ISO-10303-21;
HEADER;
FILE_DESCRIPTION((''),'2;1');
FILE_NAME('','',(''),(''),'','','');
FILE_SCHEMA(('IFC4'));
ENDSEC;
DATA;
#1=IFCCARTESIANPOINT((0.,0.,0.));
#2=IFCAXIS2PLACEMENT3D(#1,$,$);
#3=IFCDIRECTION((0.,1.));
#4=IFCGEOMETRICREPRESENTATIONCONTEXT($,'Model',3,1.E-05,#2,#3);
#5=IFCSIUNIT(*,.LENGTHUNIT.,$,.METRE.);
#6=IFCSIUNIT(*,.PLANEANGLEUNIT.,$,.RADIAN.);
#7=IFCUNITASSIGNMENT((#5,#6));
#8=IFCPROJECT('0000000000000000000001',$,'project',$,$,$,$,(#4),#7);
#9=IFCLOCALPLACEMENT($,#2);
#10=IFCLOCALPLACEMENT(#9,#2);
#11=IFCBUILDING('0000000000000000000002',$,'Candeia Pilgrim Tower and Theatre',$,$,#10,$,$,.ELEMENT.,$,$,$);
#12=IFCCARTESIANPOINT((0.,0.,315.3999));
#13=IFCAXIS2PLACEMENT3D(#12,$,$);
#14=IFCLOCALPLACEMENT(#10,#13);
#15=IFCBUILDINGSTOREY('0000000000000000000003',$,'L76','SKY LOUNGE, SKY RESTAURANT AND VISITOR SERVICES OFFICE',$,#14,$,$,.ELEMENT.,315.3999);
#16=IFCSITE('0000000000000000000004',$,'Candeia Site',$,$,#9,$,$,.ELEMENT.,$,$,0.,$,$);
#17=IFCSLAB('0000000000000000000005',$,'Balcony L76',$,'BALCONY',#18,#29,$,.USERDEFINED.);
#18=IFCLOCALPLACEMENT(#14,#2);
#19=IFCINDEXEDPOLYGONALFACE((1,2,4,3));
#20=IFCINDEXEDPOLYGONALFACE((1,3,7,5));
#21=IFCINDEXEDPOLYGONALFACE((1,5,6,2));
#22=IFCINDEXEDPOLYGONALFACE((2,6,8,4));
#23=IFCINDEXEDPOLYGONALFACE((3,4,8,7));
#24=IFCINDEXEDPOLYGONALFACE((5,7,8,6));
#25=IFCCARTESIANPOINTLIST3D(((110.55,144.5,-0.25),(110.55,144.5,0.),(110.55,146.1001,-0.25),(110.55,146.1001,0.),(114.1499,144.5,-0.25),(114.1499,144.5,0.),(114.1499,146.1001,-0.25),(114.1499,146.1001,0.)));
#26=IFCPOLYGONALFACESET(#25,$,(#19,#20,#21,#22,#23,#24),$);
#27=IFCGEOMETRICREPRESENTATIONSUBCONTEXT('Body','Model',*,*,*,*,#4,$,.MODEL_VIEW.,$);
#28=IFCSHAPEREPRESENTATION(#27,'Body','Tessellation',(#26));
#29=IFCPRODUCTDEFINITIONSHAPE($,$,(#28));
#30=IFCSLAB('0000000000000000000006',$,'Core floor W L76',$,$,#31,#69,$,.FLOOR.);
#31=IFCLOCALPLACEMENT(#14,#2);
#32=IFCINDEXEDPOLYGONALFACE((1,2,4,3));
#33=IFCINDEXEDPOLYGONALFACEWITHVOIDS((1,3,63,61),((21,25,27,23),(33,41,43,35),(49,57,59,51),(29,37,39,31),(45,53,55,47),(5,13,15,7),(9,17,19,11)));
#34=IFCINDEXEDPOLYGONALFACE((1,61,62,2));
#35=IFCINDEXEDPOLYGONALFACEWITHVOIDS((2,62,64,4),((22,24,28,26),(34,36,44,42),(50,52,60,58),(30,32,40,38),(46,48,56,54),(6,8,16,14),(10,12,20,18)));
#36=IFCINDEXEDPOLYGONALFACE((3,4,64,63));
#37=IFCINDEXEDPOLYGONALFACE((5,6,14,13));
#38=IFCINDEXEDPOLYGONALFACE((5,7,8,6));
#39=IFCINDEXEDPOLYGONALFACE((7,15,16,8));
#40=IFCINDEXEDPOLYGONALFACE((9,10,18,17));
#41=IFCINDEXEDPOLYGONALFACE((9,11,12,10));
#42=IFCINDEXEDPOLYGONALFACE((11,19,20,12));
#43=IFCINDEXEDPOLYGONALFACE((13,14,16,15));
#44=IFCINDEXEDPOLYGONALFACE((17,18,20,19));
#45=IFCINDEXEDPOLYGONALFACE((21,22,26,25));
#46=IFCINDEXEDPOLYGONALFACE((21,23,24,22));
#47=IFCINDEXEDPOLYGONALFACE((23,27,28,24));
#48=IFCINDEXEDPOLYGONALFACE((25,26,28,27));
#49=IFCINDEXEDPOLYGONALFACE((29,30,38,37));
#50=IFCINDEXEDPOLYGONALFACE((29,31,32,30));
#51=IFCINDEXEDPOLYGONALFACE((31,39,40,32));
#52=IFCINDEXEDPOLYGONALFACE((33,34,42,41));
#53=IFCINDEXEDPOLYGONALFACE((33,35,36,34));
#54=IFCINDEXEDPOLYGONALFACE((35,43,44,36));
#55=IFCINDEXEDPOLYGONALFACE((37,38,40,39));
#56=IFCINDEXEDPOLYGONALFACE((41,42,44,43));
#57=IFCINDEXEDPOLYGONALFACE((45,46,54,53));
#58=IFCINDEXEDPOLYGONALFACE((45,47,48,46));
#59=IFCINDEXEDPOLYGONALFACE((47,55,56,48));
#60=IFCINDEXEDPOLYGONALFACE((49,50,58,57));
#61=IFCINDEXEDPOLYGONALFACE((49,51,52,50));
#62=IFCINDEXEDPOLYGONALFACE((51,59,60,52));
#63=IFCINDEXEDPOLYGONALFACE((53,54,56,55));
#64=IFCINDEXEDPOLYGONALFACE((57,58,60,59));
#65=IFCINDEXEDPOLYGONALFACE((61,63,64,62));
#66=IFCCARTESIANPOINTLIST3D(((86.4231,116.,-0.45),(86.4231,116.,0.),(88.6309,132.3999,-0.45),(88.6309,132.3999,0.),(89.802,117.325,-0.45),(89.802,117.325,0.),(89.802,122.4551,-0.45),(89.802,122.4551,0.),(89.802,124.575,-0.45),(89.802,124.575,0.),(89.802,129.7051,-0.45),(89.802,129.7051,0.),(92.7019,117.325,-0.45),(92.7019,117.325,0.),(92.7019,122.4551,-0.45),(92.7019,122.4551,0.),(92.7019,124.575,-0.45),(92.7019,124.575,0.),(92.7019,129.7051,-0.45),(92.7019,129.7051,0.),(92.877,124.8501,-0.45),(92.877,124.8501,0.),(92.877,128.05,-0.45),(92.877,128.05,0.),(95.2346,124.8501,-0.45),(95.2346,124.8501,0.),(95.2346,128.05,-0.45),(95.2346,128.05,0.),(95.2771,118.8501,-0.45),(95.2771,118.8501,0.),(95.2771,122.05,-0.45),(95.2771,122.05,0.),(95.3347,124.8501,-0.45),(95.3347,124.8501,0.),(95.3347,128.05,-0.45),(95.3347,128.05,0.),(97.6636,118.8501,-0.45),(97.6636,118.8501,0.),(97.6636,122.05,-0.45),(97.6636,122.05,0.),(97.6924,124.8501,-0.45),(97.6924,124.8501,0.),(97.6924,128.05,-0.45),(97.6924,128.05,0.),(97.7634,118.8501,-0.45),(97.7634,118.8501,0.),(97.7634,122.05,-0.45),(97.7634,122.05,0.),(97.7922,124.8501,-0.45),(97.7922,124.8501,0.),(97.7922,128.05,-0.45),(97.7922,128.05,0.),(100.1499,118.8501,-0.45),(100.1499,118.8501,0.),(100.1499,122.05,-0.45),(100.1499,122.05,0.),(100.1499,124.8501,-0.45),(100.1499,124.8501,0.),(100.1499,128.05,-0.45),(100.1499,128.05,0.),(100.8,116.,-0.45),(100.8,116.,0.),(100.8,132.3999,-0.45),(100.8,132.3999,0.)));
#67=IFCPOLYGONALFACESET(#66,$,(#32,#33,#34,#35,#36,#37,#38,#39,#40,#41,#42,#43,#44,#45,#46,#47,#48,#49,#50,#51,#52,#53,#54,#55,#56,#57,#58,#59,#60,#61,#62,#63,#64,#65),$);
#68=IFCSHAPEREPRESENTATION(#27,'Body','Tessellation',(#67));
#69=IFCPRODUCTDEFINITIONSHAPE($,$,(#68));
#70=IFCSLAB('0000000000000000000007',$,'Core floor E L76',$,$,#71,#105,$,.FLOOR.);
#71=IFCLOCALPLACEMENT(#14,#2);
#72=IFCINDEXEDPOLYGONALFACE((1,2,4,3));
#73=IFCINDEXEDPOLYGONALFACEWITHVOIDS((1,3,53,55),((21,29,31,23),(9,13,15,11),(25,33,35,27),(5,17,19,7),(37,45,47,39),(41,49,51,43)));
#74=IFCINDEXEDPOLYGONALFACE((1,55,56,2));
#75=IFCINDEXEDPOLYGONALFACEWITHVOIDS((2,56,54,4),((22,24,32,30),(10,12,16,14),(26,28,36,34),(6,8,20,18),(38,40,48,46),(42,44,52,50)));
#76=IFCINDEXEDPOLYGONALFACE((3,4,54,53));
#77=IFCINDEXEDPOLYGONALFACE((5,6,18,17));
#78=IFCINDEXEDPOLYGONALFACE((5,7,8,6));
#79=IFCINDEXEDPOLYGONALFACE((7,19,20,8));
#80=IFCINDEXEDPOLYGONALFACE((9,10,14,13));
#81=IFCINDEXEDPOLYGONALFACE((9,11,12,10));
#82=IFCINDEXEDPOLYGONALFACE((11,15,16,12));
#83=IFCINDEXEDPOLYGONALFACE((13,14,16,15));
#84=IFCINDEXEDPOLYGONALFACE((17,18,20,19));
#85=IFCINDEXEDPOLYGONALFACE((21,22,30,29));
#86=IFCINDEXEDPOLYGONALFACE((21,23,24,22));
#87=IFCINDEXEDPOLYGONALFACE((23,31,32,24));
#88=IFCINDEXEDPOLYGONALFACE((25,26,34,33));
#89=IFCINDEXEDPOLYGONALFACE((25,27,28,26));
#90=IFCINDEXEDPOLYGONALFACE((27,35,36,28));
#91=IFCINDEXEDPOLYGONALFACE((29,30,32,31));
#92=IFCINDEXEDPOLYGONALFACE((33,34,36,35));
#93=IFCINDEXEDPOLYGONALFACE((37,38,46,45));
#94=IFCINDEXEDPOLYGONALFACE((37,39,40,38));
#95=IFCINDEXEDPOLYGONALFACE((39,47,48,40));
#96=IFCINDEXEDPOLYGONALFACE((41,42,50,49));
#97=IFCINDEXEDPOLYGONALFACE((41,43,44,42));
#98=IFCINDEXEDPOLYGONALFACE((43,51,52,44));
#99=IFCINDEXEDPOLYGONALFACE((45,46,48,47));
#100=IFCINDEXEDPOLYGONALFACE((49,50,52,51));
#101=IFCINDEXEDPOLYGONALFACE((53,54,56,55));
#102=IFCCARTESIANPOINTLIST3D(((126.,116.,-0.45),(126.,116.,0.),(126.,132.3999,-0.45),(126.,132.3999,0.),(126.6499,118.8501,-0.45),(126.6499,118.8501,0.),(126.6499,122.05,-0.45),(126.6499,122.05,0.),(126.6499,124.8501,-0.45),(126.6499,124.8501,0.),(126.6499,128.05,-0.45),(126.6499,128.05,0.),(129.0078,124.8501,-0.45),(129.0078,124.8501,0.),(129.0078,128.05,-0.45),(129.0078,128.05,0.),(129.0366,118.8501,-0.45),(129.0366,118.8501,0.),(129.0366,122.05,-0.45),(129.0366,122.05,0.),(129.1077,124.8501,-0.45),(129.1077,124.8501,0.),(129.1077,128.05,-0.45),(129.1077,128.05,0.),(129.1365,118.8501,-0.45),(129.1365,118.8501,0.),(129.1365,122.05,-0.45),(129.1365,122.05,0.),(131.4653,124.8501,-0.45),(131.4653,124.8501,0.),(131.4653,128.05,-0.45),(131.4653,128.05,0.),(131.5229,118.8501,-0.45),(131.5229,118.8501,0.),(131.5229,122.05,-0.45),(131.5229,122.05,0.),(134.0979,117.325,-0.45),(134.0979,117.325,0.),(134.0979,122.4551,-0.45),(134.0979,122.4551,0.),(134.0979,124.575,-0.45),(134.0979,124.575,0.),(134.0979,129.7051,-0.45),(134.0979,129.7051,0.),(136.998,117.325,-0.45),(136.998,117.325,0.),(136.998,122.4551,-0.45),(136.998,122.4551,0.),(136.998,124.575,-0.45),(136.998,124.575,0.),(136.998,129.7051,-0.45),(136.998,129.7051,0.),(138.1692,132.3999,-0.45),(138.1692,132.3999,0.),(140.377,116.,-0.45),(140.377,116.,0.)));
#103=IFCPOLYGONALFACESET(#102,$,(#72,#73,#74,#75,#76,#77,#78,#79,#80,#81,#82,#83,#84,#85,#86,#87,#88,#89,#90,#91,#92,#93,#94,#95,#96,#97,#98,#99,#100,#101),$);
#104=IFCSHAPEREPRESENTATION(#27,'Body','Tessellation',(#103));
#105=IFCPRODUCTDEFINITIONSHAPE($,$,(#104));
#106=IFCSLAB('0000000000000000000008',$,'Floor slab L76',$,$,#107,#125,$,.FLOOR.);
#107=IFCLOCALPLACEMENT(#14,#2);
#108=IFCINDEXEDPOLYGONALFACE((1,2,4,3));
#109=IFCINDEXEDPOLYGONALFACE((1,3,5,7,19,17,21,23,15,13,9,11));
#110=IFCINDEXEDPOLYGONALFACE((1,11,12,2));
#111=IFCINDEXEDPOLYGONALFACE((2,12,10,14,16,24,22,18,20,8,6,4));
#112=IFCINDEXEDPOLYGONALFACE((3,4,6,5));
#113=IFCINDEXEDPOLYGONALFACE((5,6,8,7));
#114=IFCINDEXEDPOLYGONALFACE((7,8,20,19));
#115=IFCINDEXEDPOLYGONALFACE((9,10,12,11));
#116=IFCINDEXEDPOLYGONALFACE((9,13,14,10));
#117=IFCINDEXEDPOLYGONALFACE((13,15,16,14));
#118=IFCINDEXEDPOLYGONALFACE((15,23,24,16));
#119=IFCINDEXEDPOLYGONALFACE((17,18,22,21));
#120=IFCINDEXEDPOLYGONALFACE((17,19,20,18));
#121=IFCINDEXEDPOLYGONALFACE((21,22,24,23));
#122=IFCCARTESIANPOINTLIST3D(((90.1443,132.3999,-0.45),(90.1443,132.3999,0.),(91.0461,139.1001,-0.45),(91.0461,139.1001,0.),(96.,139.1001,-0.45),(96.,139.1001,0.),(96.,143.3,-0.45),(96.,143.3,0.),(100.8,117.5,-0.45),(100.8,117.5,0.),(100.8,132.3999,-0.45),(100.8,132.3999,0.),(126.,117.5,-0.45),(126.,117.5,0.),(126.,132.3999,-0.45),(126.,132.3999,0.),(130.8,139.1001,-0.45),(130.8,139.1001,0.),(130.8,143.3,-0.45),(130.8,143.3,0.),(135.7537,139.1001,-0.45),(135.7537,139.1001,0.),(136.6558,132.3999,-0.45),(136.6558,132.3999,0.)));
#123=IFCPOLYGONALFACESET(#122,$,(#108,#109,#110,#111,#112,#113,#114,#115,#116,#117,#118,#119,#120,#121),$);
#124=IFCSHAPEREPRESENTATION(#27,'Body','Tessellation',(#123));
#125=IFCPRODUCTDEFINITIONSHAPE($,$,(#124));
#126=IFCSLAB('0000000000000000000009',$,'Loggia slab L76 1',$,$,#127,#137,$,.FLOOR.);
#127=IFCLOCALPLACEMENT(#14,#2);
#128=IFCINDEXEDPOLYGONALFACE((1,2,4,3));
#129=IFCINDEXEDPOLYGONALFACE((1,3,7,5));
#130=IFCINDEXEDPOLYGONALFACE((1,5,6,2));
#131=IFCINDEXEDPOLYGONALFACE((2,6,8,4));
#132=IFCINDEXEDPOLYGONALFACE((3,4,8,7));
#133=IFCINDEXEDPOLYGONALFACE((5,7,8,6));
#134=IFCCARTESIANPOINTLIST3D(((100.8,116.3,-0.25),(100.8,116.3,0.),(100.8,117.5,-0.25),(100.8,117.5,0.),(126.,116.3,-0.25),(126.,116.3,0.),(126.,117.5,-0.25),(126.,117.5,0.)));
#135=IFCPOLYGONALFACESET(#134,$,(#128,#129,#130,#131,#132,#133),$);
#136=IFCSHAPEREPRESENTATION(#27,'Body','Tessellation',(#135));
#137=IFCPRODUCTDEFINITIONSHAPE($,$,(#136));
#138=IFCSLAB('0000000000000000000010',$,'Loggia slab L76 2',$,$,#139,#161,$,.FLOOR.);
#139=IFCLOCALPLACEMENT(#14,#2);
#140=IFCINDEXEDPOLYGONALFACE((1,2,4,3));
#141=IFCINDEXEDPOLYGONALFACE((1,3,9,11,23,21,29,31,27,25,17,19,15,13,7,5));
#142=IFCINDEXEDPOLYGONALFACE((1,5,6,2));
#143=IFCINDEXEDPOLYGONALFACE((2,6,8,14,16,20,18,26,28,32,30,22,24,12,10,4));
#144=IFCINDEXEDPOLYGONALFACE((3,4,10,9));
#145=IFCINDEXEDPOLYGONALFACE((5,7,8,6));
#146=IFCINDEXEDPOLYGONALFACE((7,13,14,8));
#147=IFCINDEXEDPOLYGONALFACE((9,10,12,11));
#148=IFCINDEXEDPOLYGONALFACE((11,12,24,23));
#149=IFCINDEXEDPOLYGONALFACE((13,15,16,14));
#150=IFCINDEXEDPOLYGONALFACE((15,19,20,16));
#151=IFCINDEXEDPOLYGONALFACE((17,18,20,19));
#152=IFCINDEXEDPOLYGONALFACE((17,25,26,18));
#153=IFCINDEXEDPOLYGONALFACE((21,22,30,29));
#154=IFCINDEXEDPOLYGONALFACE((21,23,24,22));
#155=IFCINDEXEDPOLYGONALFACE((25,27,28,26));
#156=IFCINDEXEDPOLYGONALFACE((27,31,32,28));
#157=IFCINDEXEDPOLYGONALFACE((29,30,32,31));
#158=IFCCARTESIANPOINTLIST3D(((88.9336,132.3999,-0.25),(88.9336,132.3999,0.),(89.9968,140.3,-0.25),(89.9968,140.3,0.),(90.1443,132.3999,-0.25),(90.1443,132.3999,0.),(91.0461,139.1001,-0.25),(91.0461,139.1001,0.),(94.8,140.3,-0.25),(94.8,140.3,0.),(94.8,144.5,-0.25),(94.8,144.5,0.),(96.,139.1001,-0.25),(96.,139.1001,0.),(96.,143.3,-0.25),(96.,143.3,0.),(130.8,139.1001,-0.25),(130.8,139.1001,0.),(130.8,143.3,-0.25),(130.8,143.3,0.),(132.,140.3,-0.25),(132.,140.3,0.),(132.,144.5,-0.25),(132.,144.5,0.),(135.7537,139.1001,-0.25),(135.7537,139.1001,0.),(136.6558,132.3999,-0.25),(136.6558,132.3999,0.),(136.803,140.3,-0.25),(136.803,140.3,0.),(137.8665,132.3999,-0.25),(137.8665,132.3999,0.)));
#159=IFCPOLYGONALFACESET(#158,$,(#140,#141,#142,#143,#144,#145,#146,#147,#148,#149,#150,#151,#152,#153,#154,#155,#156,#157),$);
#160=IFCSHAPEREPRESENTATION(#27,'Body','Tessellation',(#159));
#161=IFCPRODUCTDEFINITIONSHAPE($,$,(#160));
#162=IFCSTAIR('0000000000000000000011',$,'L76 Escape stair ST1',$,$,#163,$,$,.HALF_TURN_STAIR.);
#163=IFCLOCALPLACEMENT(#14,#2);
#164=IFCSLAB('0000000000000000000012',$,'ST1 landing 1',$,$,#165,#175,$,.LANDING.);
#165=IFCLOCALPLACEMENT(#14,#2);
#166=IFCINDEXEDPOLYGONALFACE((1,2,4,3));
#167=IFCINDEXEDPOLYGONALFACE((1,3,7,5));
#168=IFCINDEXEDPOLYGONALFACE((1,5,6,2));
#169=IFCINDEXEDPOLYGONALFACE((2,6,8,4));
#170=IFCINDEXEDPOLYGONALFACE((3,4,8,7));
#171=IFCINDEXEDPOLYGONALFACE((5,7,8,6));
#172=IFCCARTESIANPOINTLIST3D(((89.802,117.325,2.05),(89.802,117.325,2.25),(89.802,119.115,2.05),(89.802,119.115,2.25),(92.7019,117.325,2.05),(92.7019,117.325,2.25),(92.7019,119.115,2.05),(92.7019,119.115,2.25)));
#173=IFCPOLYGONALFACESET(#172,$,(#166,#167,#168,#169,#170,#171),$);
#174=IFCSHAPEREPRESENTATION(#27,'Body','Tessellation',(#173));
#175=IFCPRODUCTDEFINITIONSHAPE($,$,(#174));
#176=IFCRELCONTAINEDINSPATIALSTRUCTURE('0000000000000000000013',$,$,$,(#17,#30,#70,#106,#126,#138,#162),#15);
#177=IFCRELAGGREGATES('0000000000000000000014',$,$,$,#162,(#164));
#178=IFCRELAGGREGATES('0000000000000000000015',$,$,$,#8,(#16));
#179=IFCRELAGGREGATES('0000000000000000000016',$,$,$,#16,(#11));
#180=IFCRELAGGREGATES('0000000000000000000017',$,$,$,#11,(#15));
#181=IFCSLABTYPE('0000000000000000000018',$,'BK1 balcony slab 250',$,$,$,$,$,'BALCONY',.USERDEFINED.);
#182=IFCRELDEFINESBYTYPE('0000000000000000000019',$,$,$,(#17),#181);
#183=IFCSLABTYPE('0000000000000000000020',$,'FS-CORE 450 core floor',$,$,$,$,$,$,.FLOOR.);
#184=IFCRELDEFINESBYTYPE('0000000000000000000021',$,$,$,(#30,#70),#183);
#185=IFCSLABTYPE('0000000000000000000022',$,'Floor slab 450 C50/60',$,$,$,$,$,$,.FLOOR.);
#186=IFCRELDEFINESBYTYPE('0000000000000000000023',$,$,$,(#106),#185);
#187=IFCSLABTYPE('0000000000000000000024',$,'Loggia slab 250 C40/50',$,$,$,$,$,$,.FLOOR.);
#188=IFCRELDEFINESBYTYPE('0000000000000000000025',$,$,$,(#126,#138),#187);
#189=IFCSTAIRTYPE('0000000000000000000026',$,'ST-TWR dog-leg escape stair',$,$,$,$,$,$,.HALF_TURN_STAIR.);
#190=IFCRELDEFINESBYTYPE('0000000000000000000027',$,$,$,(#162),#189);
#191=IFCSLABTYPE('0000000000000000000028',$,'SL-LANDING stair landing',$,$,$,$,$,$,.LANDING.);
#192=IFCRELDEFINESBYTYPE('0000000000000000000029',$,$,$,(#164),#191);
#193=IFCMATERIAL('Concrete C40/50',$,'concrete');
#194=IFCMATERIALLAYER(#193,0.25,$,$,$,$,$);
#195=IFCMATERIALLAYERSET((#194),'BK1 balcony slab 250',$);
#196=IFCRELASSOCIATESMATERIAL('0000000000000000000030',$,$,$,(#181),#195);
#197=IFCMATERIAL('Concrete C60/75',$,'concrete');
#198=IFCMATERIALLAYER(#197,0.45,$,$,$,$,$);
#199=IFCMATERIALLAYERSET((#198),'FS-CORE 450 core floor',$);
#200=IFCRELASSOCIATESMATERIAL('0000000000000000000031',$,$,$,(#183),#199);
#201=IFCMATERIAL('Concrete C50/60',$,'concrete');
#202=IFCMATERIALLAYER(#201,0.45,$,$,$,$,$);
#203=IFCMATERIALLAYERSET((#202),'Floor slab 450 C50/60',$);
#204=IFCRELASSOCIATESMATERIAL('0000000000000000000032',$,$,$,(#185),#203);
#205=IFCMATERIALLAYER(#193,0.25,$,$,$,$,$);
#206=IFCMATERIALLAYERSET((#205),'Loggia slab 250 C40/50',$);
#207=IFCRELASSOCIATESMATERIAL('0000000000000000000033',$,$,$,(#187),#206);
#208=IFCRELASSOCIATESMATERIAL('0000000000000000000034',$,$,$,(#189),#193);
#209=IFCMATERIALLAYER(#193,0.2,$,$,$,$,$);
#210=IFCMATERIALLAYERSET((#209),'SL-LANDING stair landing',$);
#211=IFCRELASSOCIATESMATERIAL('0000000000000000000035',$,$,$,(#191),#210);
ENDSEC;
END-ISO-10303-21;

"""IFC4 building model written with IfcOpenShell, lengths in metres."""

from ifc_helpers import new_model, si_unit, direction, frame, origin, place, context, subcontext, project, spatial, polyline, outline, extrude, material, layer, layer_set, type_object, element, aggregate, save


model = new_model("IFC4")

# Units and contexts
model_context = context("Model", 3, precision=1e-05, world=origin(), true_north=direction((0.0, 1.0)))
body_context = subcontext(model_context, "Body", "Model", "MODEL_VIEW")
ifc_project = project(units=[si_unit("LENGTHUNIT", "METRE"), si_unit("PLANEANGLEUNIT", "RADIAN")], contexts=[model_context])

# Site, building, storey
site_placement = place(None, origin())
site = spatial("IfcSite", under=ifc_project, at=site_placement, Name="Candeia Site", CompositionType="ELEMENT", RefElevation=0.0)
building_placement = place(site_placement, origin())
building = spatial("IfcBuilding", under=site, at=building_placement, Name="Candeia Pilgrim Tower and Theatre", CompositionType="ELEMENT")
storey_placement = place(building_placement, frame((0.0, 0.0, 315.3999)))
storey = spatial("IfcBuildingStorey", under=building, at=storey_placement, Name="L76", Description="SKY LOUNGE, SKY RESTAURANT AND VISITOR SERVICES OFFICE", CompositionType="ELEMENT", Elevation=315.3999)

# Slabs
ifc_material_1 = material(Name="Concrete C40/50", Category="concrete")
ifc_layer_1 = layer(ifc_material_1, 0.25)
ifc_layer_set_1 = layer_set([ifc_layer_1], Name="BK1 balcony slab 250")
slab_type_1 = type_object("IfcSlabType", Name="BK1 balcony slab 250", ElementType="BALCONY", PredefinedType="USERDEFINED", material=ifc_layer_set_1)
slab_1_placement = place(storey_placement, frame((0.0, 0.0, -0.25)))
element("IfcSlab", 1, at=slab_1_placement, inside=storey, type_object=slab_type_1, Name="Balcony L76", ObjectType="BALCONY", PredefinedType="USERDEFINED", context=body_context, shape_type="SweptSolid", body=[
    extrude(outline(polyline([(110.55, 144.5), (114.1499, 144.5), (114.1499, 146.1001), (110.55, 146.1001), (110.55, 144.5)])), origin(), (0.0, 0.0, 1.0), 0.25),
])
ifc_material_2 = material(Name="Concrete C60/75", Category="concrete")
ifc_layer_2 = layer(ifc_material_2, 0.45)
ifc_layer_set_2 = layer_set([ifc_layer_2], Name="FS-CORE 450 core floor")
slab_type_2 = type_object("IfcSlabType", Name="FS-CORE 450 core floor", PredefinedType="FLOOR", material=ifc_layer_set_2)
slab_2_placement = place(storey_placement, frame((0.0, 0.0, -0.45)))
element("IfcSlab", 2, at=slab_2_placement, inside=storey, type_object=slab_type_2, Name="Core floor W L76", PredefinedType="FLOOR", context=body_context, shape_type="SweptSolid", body=[
    extrude(outline(polyline([(100.8, 132.3999), (100.8, 116.0), (86.4231, 116.0), (88.6309, 132.3999), (100.8, 132.3999)]), holes=[polyline([(97.7634, 122.05), (97.7634, 118.8501), (100.1499, 118.8501), (100.1499, 122.05), (97.7634, 122.05)]), polyline([(97.7922, 128.05), (97.7922, 124.8501), (100.1499, 124.8501), (100.1499, 128.05), (97.7922, 128.05)]), polyline([(95.3347, 128.05), (95.3347, 124.8501), (97.6924, 124.8501), (97.6924, 128.05), (95.3347, 128.05)]), polyline([(95.2771, 122.05), (95.2771, 118.8501), (97.6636, 118.8501), (97.6636, 122.05), (95.2771, 122.05)]), polyline([(92.877, 128.05), (92.877, 124.8501), (95.2346, 124.8501), (95.2346, 128.05), (92.877, 128.05)]), polyline([(89.802, 117.325), (92.7019, 117.325), (92.7019, 122.4551), (89.802, 122.4551), (89.802, 117.325)]), polyline([(89.802, 129.7051), (89.802, 124.575), (92.7019, 124.575), (92.7019, 129.7051), (89.802, 129.7051)])]), origin(), (0.0, 0.0, 1.0), 0.45),
])
slab_3_placement = place(storey_placement, frame((0.0, 0.0, -0.45)))
element("IfcSlab", 3, at=slab_3_placement, inside=storey, type_object=slab_type_2, Name="Core floor E L76", PredefinedType="FLOOR", context=body_context, shape_type="SweptSolid", body=[
    extrude(outline(polyline([(138.1692, 132.3999), (140.377, 116.0), (126.0, 116.0), (126.0, 132.3999), (138.1692, 132.3999)]), holes=[polyline([(134.0979, 117.325), (136.998, 117.325), (136.998, 122.4551), (134.0979, 122.4551), (134.0979, 117.325)]), polyline([(134.0979, 129.7051), (134.0979, 124.575), (136.998, 124.575), (136.998, 129.7051), (134.0979, 129.7051)]), polyline([(131.5229, 122.05), (129.1365, 122.05), (129.1365, 118.8501), (131.5229, 118.8501), (131.5229, 122.05)]), polyline([(131.4653, 128.05), (129.1077, 128.05), (129.1077, 124.8501), (131.4653, 124.8501), (131.4653, 128.05)]), polyline([(129.0366, 122.05), (126.6499, 122.05), (126.6499, 118.8501), (129.0366, 118.8501), (129.0366, 122.05)]), polyline([(126.6499, 128.05), (126.6499, 124.8501), (129.0078, 124.8501), (129.0078, 128.05), (126.6499, 128.05)])]), origin(), (0.0, 0.0, 1.0), 0.45),
])
ifc_material_3 = material(Name="Concrete C50/60", Category="concrete")
ifc_layer_3 = layer(ifc_material_3, 0.45)
ifc_layer_set_3 = layer_set([ifc_layer_3], Name="Floor slab 450 C50/60")
slab_type_3 = type_object("IfcSlabType", Name="Floor slab 450 C50/60", PredefinedType="FLOOR", material=ifc_layer_set_3)
slab_4_placement = place(storey_placement, frame((0.0, 0.0, -0.45)))
element("IfcSlab", 4, at=slab_4_placement, inside=storey, type_object=slab_type_3, Name="Floor slab L76", PredefinedType="FLOOR", context=body_context, shape_type="SweptSolid", body=[
    extrude(outline(polyline([(96.0, 139.1001), (96.0, 143.3), (130.8, 143.3), (130.8, 139.1001), (135.7537, 139.1001), (136.6558, 132.3999), (126.0, 132.3999), (126.0, 117.5), (100.8, 117.5), (100.8, 132.3999), (90.1443, 132.3999), (91.0461, 139.1001), (96.0, 139.1001)])), origin(), (0.0, 0.0, 1.0), 0.45),
])
ifc_layer_4 = layer(ifc_material_1, 0.25)
ifc_layer_set_4 = layer_set([ifc_layer_4], Name="Loggia slab 250 C40/50")
slab_type_4 = type_object("IfcSlabType", Name="Loggia slab 250 C40/50", PredefinedType="FLOOR", material=ifc_layer_set_4)
slab_5_placement = place(storey_placement, frame((0.0, 0.0, -0.25)))
element("IfcSlab", 5, at=slab_5_placement, inside=storey, type_object=slab_type_4, Name="Loggia slab L76 1", PredefinedType="FLOOR", context=body_context, shape_type="SweptSolid", body=[
    extrude(outline(polyline([(100.8, 117.5), (126.0, 117.5), (126.0, 116.3), (100.8, 116.3), (100.8, 117.5)])), origin(), (0.0, 0.0, 1.0), 0.25),
])
slab_6_placement = place(storey_placement, frame((0.0, 0.0, -0.25)))
element("IfcSlab", 6, at=slab_6_placement, inside=storey, type_object=slab_type_4, Name="Loggia slab L76 2", PredefinedType="FLOOR", context=body_context, shape_type="SweptSolid", body=[
    extrude(outline(polyline([(136.6558, 132.3999), (135.7537, 139.1001), (130.8, 139.1001), (130.8, 143.3), (96.0, 143.3), (96.0, 139.1001), (91.0461, 139.1001), (90.1443, 132.3999), (88.9336, 132.3999), (89.9968, 140.3), (94.8, 140.3), (94.8, 144.5), (132.0, 144.5), (132.0, 140.3), (136.803, 140.3), (137.8665, 132.3999), (136.6558, 132.3999)])), origin(), (0.0, 0.0, 1.0), 0.25),
])

# Stair, slab
stair_type = type_object("IfcStairType", Name="ST-TWR dog-leg escape stair", PredefinedType="HALF_TURN_STAIR", material=ifc_material_1)
stair_1_placement = place(storey_placement, origin())
stair_1 = element("IfcStair", 7, at=stair_1_placement, inside=storey, type_object=stair_type, Name="L76 Escape stair ST1", PredefinedType="HALF_TURN_STAIR")
ifc_layer_5 = layer(ifc_material_1, 0.2)
ifc_layer_set_5 = layer_set([ifc_layer_5], Name="SL-LANDING stair landing")
slab_type_5 = type_object("IfcSlabType", Name="SL-LANDING stair landing", PredefinedType="LANDING", material=ifc_layer_set_5)
slab_7_placement = place(storey_placement, frame((0.0, 0.0, 2.05)))
slab_7 = element("IfcSlab", 8, at=slab_7_placement, type_object=slab_type_5, Name="ST1 landing 1", PredefinedType="LANDING", context=body_context, shape_type="SweptSolid", body=[
    extrude(outline(polyline([(89.802, 119.115), (89.802, 117.325), (92.7019, 117.325), (92.7019, 119.115), (89.802, 119.115)])), origin(), (0.0, 0.0, 1.0), 0.2),
])
aggregate(stair_1, [slab_7])

save(model, "model.ifc")
